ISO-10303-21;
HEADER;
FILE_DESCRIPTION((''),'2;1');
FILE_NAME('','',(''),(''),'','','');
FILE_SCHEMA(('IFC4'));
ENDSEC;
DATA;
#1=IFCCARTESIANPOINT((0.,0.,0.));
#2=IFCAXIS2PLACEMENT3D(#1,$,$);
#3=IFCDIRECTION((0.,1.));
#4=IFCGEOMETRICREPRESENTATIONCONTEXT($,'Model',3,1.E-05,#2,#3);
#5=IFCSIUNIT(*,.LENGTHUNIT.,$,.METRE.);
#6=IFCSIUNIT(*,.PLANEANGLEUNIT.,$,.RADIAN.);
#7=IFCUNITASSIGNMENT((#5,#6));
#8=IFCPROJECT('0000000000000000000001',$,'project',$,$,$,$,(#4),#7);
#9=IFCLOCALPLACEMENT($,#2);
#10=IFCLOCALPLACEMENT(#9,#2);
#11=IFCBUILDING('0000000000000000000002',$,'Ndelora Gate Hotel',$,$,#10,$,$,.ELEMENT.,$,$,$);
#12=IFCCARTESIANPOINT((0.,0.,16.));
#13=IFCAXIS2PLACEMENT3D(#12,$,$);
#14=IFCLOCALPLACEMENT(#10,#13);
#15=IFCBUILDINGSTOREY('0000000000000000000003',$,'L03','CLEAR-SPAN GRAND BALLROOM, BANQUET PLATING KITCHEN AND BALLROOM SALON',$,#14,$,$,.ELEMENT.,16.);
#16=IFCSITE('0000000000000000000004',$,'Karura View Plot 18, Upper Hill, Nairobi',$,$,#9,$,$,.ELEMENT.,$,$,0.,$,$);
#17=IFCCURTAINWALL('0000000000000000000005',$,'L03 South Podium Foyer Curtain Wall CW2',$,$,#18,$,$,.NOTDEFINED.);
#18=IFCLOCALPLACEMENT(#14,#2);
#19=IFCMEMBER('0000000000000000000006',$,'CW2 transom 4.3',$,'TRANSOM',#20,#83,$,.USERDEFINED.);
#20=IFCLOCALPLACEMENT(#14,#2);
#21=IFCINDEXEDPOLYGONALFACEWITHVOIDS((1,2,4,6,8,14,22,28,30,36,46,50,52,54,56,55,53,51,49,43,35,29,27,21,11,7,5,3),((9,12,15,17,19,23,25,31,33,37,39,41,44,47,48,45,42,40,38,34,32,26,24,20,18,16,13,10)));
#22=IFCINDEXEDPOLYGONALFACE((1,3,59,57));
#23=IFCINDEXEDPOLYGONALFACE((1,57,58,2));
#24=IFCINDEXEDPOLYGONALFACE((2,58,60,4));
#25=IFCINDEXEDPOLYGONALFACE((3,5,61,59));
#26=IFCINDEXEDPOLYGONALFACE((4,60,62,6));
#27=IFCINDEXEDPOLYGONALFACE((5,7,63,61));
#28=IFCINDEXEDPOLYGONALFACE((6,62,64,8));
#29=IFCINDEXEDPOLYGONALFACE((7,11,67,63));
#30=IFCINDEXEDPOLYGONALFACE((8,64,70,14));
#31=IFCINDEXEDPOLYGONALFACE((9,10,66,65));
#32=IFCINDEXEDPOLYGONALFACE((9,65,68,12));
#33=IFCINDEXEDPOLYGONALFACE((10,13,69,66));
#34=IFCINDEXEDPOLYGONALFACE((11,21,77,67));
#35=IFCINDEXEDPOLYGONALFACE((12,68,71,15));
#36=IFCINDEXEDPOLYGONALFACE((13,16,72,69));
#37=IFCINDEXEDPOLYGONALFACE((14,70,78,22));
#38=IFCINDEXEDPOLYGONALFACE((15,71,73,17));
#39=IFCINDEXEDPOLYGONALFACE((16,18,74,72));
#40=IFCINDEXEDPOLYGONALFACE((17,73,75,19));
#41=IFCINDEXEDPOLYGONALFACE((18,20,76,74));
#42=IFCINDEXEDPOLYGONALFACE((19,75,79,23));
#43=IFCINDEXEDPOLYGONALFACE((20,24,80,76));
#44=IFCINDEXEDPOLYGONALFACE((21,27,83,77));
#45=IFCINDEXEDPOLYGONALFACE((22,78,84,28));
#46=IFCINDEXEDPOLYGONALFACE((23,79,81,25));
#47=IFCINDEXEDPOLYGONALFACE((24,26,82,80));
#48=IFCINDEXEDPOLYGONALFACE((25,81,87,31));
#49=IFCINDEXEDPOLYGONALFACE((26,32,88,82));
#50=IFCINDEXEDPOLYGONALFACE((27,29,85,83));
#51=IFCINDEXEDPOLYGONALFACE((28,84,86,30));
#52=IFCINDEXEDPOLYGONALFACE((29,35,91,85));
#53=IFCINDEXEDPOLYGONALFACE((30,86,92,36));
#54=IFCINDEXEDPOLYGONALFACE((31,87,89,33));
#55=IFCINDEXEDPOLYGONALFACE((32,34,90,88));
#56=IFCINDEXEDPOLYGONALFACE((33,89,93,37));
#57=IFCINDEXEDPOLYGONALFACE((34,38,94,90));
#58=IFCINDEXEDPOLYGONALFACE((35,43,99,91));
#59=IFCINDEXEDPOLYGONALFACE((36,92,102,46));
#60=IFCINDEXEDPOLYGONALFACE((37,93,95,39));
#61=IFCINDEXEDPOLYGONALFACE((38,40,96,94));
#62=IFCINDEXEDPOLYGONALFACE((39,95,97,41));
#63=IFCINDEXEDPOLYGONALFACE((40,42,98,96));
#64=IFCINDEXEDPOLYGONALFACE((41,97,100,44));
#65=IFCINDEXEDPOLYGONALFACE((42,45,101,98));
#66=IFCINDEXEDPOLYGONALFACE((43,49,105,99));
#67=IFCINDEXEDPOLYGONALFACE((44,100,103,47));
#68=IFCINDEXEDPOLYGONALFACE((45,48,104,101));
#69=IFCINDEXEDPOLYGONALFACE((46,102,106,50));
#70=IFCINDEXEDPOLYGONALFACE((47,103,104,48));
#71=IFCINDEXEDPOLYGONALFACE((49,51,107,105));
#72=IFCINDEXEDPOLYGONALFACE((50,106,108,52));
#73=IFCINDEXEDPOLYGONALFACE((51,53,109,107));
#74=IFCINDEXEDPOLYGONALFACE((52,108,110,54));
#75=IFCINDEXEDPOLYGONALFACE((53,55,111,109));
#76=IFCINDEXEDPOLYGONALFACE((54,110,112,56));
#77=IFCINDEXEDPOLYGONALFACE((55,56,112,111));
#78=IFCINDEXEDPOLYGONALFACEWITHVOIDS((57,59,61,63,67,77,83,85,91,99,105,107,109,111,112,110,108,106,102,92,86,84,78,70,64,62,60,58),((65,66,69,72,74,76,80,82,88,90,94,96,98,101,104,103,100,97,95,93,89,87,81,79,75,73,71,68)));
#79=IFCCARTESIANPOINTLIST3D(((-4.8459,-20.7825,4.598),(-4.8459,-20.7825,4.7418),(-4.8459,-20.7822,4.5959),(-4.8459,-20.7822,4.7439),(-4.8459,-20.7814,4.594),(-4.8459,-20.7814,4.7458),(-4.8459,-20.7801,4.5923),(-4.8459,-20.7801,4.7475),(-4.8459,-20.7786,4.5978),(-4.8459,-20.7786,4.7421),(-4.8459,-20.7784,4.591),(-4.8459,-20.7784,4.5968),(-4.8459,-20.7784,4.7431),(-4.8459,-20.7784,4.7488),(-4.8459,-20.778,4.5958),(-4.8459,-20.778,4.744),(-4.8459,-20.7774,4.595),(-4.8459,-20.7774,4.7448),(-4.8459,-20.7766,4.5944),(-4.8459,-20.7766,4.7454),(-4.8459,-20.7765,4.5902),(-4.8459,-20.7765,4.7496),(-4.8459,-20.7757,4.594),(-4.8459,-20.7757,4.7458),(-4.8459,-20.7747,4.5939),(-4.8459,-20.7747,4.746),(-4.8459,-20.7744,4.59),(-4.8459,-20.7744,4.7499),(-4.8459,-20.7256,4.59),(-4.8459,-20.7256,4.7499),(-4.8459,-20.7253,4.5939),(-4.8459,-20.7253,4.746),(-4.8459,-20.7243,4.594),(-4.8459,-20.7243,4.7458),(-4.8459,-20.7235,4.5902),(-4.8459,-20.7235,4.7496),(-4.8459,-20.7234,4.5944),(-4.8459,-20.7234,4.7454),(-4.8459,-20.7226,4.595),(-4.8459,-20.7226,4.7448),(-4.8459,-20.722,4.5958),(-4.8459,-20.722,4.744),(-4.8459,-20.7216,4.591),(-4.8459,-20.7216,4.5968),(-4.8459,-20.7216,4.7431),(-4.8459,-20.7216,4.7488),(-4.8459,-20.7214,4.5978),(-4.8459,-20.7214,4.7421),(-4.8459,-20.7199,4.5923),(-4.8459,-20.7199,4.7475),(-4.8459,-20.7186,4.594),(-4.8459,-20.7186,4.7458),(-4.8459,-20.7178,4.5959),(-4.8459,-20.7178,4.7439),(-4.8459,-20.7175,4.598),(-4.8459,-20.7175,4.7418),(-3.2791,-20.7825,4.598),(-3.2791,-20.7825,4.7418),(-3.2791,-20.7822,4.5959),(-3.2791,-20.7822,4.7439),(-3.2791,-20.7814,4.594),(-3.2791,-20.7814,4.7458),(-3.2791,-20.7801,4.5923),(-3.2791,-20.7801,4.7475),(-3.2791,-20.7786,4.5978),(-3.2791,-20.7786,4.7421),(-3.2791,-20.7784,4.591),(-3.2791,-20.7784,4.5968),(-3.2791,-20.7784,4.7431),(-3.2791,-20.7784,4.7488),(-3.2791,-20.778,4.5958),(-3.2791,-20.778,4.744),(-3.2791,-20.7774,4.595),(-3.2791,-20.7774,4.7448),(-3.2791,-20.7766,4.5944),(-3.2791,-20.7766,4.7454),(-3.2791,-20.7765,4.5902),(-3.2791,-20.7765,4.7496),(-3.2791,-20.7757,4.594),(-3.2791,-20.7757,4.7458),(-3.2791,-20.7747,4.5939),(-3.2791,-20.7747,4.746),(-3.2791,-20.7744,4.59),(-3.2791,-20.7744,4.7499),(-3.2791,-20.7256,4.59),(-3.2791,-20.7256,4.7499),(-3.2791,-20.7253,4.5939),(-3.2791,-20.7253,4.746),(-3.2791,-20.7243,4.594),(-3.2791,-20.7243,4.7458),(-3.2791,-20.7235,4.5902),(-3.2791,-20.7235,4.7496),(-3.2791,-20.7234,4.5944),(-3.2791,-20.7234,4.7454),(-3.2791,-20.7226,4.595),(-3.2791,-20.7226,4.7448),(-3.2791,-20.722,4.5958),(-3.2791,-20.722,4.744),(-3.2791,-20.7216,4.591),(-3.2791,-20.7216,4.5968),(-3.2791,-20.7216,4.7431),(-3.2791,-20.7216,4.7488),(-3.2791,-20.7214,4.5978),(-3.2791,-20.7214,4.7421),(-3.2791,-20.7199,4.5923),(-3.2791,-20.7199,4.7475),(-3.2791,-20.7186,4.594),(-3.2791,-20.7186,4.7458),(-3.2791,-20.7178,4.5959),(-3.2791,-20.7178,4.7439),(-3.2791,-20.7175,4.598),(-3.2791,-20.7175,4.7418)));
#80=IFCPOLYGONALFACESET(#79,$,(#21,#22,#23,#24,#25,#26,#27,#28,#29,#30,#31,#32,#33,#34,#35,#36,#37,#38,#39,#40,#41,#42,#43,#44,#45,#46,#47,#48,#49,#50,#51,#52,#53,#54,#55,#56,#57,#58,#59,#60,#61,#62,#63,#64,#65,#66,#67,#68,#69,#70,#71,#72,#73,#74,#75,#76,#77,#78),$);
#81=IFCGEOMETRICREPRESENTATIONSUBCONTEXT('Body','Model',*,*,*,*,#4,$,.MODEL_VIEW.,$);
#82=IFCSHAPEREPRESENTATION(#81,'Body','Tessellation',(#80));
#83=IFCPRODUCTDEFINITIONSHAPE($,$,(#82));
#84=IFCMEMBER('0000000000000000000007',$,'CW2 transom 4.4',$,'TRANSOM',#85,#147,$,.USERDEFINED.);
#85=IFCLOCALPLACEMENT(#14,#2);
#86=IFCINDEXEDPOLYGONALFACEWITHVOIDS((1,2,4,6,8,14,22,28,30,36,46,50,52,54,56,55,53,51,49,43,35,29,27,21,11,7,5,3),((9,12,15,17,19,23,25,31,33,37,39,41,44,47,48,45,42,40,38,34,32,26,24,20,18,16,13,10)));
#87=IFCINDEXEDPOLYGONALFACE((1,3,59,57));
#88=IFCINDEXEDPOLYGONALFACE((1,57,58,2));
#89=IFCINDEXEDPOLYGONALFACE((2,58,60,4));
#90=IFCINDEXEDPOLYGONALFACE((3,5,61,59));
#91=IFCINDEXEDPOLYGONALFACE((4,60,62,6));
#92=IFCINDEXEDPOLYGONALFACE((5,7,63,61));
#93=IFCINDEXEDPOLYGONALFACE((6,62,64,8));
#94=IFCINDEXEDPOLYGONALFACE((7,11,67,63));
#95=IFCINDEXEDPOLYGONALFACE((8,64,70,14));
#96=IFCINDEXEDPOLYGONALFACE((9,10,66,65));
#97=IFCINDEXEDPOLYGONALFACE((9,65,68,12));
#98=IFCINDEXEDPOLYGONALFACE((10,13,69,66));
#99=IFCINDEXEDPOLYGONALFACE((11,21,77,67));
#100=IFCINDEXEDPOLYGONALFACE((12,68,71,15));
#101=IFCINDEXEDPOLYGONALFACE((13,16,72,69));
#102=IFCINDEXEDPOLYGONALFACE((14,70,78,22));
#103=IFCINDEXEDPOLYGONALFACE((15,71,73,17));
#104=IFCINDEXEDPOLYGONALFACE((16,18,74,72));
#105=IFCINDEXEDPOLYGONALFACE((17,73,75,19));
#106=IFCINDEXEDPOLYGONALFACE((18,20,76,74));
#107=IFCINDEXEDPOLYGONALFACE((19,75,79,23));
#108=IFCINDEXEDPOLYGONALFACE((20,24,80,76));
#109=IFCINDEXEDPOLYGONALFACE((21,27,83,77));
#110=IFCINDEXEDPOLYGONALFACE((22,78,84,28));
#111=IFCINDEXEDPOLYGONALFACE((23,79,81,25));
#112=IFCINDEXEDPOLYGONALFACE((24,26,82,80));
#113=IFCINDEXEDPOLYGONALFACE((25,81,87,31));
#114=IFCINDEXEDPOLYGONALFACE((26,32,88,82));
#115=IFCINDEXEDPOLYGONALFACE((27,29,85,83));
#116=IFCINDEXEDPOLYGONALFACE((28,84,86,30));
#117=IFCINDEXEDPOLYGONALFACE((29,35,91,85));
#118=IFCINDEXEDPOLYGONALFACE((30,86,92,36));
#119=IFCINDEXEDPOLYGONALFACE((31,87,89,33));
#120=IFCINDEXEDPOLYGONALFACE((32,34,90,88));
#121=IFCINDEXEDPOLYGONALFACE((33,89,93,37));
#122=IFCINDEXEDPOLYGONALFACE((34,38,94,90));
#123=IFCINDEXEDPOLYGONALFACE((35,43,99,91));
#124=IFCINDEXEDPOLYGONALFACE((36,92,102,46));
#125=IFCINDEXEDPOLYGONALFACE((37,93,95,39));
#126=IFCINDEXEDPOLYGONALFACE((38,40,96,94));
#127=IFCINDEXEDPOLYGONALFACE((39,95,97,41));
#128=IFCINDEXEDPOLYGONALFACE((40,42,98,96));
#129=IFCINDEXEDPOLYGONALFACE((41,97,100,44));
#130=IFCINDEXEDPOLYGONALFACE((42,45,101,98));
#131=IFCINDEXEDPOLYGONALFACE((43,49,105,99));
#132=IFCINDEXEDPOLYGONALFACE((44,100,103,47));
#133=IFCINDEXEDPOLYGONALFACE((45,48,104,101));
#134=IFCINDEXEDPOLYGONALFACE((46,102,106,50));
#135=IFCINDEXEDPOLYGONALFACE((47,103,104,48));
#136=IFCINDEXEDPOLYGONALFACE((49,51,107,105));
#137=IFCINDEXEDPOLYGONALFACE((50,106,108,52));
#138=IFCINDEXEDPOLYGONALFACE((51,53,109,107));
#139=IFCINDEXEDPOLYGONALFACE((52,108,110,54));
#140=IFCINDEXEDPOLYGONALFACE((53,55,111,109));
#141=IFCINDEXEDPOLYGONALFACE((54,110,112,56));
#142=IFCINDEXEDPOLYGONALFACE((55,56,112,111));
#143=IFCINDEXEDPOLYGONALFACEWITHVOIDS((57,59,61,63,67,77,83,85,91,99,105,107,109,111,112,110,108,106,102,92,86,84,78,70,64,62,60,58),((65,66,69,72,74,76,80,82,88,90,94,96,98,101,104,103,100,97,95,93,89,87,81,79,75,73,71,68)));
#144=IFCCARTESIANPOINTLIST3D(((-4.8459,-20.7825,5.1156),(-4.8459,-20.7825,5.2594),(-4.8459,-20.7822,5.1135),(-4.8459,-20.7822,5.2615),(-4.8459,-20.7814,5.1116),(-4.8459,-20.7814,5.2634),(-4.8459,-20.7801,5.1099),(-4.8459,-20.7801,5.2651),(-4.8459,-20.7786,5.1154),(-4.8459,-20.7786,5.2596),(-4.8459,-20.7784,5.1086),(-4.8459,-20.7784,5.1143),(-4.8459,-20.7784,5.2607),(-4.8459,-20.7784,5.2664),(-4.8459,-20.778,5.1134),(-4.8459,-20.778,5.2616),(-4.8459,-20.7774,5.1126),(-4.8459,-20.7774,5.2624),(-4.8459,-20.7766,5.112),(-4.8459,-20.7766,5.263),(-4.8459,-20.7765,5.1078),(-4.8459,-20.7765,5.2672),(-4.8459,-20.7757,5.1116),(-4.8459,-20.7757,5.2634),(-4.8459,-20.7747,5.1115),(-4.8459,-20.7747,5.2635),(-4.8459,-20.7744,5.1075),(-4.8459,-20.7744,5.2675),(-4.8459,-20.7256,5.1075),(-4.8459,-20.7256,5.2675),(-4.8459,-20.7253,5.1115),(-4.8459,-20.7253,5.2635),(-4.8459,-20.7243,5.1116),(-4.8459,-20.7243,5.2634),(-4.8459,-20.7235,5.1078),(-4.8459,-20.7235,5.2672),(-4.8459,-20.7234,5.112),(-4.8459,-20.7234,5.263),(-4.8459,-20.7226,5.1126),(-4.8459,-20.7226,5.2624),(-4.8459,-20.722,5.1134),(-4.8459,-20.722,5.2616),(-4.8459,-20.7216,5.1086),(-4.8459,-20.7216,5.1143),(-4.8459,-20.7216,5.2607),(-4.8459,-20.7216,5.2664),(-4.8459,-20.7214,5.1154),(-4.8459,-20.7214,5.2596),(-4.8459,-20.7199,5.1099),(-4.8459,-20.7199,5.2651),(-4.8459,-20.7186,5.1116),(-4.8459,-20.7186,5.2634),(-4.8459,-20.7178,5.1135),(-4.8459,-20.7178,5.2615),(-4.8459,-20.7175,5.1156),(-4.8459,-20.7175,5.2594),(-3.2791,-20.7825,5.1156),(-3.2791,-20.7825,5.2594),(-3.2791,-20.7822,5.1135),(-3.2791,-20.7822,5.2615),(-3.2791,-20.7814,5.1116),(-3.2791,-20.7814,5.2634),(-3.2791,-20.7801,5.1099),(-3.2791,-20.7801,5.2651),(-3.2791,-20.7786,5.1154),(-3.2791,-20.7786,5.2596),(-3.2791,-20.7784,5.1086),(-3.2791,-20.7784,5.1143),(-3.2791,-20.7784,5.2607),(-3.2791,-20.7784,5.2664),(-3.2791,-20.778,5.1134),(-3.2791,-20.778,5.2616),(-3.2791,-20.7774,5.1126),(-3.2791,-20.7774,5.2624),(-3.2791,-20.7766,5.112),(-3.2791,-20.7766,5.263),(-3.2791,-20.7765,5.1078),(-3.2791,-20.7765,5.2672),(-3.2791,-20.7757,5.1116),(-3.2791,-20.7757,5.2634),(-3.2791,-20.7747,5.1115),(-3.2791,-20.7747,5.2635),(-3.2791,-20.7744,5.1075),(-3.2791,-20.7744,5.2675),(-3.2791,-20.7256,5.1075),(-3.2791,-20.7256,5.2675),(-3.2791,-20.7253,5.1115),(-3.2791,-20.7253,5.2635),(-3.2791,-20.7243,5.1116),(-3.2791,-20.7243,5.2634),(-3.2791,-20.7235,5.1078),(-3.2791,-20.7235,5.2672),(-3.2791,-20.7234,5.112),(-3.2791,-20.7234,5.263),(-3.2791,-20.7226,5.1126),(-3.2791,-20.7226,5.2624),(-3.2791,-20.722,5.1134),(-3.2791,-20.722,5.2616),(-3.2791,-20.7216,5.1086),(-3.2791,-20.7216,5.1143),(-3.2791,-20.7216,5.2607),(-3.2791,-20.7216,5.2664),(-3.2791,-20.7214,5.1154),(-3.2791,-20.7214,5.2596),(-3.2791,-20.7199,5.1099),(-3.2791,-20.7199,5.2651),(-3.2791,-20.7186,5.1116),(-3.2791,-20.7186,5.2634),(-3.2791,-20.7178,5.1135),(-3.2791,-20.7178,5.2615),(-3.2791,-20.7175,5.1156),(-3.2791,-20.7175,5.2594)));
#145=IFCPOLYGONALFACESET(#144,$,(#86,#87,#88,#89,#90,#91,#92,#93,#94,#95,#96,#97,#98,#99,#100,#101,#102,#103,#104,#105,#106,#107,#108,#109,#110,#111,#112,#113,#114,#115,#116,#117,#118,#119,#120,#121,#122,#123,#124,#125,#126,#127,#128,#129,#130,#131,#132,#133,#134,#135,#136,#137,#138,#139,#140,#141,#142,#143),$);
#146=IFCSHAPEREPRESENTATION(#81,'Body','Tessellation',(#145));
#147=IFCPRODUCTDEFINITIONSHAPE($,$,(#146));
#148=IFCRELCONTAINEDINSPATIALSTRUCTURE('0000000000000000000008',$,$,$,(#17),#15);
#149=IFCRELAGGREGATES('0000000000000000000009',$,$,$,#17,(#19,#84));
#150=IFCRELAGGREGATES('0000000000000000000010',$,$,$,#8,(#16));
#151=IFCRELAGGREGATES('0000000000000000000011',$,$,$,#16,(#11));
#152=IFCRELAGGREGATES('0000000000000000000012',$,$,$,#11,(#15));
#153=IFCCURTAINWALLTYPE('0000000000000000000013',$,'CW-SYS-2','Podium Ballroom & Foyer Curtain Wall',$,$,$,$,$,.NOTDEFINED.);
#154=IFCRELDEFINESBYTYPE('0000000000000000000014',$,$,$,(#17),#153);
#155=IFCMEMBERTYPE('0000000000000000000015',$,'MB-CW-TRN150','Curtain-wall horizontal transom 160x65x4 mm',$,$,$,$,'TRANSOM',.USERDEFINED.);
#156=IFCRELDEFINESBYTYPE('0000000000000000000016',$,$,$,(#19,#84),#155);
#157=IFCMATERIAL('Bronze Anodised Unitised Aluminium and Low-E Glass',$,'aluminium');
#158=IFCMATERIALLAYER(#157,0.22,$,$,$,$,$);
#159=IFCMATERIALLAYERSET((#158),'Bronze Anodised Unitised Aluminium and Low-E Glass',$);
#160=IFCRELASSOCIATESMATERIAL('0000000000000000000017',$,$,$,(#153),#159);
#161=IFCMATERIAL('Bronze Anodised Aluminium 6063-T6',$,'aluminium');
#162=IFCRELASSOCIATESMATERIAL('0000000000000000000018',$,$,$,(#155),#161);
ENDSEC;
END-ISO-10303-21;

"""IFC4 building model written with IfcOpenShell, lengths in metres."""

from ifc_helpers import new_model, si_unit, direction, frame, origin, origin_2d, place, context, subcontext, project, spatial, hollow_rectangle, extrude, material, layer, layer_set, material_profile, profile_set, type_object, element, aggregate, save


model = new_model("IFC4")

# Units and contexts
model_context = context("Model", 3, precision=1e-05, world=origin(), true_north=direction((0.0, 1.0)))
body_context = subcontext(model_context, "Body", "Model", "MODEL_VIEW")
ifc_project = project(units=[si_unit("LENGTHUNIT", "METRE"), si_unit("PLANEANGLEUNIT", "RADIAN")], contexts=[model_context])

# Site, building, storey
site_placement = place(None, origin())
site = spatial("IfcSite", under=ifc_project, at=site_placement, Name="Karura View Plot 18, Upper Hill, Nairobi", CompositionType="ELEMENT", RefElevation=0.0)
building_placement = place(site_placement, origin())
building = spatial("IfcBuilding", under=site, at=building_placement, Name="Ndelora Gate Hotel", CompositionType="ELEMENT")
storey_placement = place(building_placement, frame((0.0, 0.0, 16.0)))
storey = spatial("IfcBuildingStorey", under=building, at=storey_placement, Name="L03", Description="CLEAR-SPAN GRAND BALLROOM, BANQUET PLATING KITCHEN AND BALLROOM SALON", CompositionType="ELEMENT", Elevation=16.0)

# Curtain wall, members
ifc_material_1 = material(Name="Bronze Anodised Unitised Aluminium and Low-E Glass", Category="aluminium")
ifc_layer_1 = layer(ifc_material_1, 0.22)
ifc_layer_set_1 = layer_set([ifc_layer_1], Name="Bronze Anodised Unitised Aluminium and Low-E Glass")
curtain_wall_type = type_object("IfcCurtainWallType", Name="CW-SYS-2", Description="Podium Ballroom & Foyer Curtain Wall", PredefinedType="NOTDEFINED", material=ifc_layer_set_1)
curtain_wall_placement = place(storey_placement, origin())
curtain_wall = element("IfcCurtainWall", 1, at=curtain_wall_placement, inside=storey, type_object=curtain_wall_type, Name="L03 South Podium Foyer Curtain Wall CW2", PredefinedType="NOTDEFINED")
ifc_material_2 = material(Name="Bronze Anodised Aluminium 6063-T6", Category="aluminium")
ifc_material_profile_1 = material_profile(ifc_material_2, hollow_rectangle(XDim=0.0649, YDim=0.1599, WallThickness=0.0039, InnerFilletRadius=0.0039, OuterFilletRadius=0.0081, at=origin_2d()), Name="ALU 160x65x4")
ifc_profile_set_1 = profile_set([ifc_material_profile_1], Name="Bronze Anodised Aluminium 6063-T6")
member_type_1 = type_object("IfcMemberType", Name="MB-CW-TRN150", Description="Curtain-wall horizontal transom 160x65x4 mm", ElementType="TRANSOM", PredefinedType="USERDEFINED", material=ifc_profile_set_1)
member_1_placement = place(storey_placement, frame((-4.8459, -20.75, 4.6699), z_axis=(1.0, 0.0, 0.0), x_axis=(0.0, 1.0, 0.0)))
member_1 = element("IfcMember", 2, at=member_1_placement, type_object=member_type_1, Name="CW2 transom 4.3", ObjectType="TRANSOM", PredefinedType="USERDEFINED", context=body_context, shape_type="SweptSolid", body=[
    extrude(hollow_rectangle(XDim=0.0649, YDim=0.1599, WallThickness=0.0039, InnerFilletRadius=0.0039, OuterFilletRadius=0.0081, at=origin_2d()), origin(), (0.0, 0.0, 1.0), 1.5669),
])
member_2_placement = place(storey_placement, frame((-4.8459, -20.75, 5.1875), z_axis=(1.0, 0.0, 0.0), x_axis=(0.0, 1.0, 0.0)))
member_2 = element("IfcMember", 3, at=member_2_placement, type_object=member_type_1, Name="CW2 transom 4.4", ObjectType="TRANSOM", PredefinedType="USERDEFINED", context=body_context, shape_type="SweptSolid", body=[
    extrude(hollow_rectangle(XDim=0.0649, YDim=0.1599, WallThickness=0.0039, InnerFilletRadius=0.0039, OuterFilletRadius=0.0081, at=origin_2d()), origin(), (0.0, 0.0, 1.0), 1.5669),
])
aggregate(curtain_wall, [member_1, member_2])

save(model, "model.ifc")
